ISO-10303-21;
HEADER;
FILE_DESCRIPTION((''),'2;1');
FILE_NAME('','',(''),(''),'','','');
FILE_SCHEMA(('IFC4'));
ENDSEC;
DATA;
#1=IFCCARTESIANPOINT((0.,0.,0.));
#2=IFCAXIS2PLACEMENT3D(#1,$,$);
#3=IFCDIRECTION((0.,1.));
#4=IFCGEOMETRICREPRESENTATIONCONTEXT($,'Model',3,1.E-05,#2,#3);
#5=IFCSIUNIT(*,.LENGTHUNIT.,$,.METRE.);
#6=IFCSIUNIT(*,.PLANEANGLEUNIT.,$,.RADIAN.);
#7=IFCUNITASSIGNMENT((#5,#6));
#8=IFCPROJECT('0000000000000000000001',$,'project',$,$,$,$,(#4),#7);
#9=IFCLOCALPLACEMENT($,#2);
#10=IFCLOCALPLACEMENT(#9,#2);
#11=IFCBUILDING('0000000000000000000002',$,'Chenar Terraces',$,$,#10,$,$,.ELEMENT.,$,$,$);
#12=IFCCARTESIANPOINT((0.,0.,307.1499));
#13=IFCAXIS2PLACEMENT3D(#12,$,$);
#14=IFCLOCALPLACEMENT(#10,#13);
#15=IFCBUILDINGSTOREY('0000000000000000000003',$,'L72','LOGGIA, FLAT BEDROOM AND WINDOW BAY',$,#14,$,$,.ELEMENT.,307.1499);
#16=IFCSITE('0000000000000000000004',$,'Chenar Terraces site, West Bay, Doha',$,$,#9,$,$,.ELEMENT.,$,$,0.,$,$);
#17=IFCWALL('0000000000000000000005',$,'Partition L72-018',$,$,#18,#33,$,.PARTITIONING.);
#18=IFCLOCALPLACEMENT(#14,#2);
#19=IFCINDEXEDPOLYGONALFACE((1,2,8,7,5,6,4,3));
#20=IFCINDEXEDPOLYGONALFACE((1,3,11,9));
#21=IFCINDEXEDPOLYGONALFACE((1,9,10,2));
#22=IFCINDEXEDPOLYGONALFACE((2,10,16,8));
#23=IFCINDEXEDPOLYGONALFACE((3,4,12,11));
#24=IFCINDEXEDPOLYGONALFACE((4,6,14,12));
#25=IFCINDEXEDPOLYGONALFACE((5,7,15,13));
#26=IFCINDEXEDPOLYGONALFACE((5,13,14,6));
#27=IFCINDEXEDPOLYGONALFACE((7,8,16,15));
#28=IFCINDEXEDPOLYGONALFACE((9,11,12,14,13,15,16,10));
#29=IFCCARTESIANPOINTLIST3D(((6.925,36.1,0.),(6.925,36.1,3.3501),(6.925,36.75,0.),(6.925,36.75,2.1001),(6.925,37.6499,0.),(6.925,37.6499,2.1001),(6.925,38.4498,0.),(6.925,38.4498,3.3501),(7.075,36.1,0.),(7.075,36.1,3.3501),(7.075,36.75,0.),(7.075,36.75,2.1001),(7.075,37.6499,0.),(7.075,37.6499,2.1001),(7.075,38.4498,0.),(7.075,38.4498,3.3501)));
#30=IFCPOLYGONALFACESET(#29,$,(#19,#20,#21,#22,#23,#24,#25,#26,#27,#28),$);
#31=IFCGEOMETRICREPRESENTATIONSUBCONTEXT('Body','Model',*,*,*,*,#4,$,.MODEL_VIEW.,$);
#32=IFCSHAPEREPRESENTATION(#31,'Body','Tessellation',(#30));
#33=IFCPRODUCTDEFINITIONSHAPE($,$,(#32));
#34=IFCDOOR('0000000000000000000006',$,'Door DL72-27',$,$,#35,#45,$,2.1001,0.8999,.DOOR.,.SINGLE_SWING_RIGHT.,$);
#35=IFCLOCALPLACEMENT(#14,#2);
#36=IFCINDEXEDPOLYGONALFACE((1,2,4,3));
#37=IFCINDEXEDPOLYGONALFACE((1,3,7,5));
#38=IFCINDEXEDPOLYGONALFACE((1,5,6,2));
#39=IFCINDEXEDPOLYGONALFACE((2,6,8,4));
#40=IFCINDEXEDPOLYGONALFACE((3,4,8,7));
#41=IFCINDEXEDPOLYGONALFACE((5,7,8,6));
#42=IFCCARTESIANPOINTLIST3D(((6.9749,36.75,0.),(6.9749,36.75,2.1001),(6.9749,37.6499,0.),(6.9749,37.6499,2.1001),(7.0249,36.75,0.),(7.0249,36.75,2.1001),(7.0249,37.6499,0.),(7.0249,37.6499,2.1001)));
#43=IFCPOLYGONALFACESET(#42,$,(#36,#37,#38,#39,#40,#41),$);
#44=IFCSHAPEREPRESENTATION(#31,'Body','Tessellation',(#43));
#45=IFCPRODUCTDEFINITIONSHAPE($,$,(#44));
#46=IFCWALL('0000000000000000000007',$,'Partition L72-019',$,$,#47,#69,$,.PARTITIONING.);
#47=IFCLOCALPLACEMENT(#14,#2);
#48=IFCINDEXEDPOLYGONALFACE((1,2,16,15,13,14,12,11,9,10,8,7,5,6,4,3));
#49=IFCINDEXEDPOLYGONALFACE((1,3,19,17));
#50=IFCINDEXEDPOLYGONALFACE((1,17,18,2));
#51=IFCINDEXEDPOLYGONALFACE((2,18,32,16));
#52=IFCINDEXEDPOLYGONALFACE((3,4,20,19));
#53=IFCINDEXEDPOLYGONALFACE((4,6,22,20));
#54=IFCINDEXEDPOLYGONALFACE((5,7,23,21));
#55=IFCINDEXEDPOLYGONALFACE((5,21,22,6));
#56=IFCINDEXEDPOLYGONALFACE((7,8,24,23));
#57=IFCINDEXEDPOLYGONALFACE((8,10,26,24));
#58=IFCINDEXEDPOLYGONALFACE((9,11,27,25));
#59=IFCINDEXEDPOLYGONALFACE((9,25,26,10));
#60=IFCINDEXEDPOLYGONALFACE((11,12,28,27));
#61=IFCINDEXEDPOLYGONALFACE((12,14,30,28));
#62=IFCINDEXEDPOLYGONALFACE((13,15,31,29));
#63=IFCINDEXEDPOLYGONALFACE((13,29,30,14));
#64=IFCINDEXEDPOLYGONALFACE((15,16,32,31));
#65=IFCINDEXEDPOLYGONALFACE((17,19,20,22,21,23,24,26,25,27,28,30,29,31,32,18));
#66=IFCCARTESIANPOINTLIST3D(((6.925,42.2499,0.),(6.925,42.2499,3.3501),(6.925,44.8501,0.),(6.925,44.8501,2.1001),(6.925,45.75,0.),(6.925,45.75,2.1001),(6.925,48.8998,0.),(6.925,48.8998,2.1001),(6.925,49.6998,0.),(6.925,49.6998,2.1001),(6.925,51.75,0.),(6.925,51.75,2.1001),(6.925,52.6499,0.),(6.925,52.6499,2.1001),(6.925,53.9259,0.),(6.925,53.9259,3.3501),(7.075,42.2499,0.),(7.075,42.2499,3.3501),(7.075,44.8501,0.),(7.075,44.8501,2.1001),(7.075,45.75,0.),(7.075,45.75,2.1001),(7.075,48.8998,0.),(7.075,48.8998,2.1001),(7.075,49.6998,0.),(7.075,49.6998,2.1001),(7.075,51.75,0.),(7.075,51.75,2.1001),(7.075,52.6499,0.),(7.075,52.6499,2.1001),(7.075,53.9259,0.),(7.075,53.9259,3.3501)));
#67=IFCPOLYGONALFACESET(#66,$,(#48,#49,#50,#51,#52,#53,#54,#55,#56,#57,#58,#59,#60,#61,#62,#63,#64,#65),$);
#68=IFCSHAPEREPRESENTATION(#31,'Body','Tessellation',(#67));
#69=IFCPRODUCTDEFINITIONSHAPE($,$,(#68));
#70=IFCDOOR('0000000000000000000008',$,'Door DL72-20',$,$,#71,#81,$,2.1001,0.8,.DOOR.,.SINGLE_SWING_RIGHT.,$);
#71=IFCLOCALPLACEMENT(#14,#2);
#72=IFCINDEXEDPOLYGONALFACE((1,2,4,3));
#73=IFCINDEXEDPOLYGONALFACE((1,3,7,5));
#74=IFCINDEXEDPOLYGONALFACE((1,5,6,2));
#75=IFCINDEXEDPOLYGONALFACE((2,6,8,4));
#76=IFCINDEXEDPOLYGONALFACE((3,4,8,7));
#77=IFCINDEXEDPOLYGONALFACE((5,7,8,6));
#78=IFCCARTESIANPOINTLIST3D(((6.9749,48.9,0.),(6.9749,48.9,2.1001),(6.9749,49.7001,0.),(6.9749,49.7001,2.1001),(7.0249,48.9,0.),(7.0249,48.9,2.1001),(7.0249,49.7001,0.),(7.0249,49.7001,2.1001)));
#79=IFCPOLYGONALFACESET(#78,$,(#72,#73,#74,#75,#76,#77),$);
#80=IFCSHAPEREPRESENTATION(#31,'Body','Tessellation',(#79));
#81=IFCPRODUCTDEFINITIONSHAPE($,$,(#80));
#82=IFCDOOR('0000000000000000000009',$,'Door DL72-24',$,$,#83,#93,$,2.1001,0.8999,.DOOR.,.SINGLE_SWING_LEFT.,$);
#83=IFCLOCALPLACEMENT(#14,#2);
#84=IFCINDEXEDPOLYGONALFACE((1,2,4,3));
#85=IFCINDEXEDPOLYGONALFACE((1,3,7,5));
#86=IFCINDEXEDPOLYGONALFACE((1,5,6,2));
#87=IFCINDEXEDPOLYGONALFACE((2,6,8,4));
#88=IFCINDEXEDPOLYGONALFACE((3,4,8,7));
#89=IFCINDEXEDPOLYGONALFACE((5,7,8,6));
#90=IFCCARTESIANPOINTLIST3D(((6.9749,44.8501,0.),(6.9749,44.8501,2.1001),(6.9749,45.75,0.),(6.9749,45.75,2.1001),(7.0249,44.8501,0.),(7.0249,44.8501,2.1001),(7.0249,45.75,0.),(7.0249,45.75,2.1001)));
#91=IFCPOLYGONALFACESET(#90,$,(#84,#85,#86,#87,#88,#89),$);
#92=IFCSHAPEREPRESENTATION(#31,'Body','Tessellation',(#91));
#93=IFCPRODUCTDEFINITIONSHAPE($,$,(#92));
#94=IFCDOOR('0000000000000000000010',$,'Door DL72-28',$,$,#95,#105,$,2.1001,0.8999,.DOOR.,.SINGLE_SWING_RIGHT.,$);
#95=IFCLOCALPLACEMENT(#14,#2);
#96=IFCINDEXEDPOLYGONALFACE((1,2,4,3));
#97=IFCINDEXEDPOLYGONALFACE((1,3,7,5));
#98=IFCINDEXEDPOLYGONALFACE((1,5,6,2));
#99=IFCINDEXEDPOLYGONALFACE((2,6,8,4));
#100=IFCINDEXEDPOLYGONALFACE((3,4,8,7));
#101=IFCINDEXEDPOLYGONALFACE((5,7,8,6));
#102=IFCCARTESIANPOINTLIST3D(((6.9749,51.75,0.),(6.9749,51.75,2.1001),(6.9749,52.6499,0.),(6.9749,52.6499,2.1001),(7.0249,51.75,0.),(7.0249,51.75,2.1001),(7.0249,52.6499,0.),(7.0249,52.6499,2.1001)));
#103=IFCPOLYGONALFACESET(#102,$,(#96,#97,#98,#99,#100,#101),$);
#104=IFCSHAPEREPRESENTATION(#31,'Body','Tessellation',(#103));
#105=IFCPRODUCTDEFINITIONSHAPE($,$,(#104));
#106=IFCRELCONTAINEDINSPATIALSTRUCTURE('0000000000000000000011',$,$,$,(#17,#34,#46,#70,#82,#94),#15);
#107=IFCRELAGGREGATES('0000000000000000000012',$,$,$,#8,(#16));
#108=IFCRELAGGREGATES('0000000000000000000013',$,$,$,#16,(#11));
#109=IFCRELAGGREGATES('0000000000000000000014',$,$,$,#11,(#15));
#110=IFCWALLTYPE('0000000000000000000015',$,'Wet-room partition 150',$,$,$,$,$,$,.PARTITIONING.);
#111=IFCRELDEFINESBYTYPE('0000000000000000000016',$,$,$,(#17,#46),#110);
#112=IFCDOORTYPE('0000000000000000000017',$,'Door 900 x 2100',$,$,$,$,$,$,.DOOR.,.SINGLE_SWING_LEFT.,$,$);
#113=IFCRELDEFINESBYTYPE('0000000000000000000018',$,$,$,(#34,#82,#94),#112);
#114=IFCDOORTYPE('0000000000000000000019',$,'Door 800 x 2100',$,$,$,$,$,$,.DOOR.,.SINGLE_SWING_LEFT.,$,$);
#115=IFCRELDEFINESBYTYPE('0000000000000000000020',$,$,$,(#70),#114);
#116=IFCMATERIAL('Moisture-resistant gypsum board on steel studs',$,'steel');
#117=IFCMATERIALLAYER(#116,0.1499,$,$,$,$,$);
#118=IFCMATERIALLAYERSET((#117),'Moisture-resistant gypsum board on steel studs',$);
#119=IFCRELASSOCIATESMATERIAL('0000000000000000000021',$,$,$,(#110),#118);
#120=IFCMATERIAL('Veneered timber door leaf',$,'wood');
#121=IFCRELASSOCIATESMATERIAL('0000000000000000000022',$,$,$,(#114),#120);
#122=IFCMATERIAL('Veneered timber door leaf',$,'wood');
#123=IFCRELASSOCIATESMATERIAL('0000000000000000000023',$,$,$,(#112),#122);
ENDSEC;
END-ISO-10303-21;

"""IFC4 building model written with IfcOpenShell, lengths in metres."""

from ifc_helpers import new_model, si_unit, direction, frame, frame_2d, origin, place, context, subcontext, project, spatial, rectangle, extrude, material, layer, layer_set, type_object, element, fill, save


model = new_model("IFC4")

# Units and contexts
model_context = context("Model", 3, precision=1e-05, world=origin(), true_north=direction((0.0, 1.0)))
body_context = subcontext(model_context, "Body", "Model", "MODEL_VIEW")
ifc_project = project(units=[si_unit("LENGTHUNIT", "METRE"), si_unit("PLANEANGLEUNIT", "RADIAN")], contexts=[model_context])

# Site, building, storey
site_placement = place(None, origin())
site = spatial("IfcSite", under=ifc_project, at=site_placement, Name="Chenar Terraces site, West Bay, Doha", CompositionType="ELEMENT", RefElevation=0.0)
building_placement = place(site_placement, origin())
building = spatial("IfcBuilding", under=site, at=building_placement, Name="Chenar Terraces", CompositionType="ELEMENT")
storey_placement = place(building_placement, frame((0.0, 0.0, 307.1499)))
storey = spatial("IfcBuildingStorey", under=building, at=storey_placement, Name="L72", Description="LOGGIA, FLAT BEDROOM AND WINDOW BAY", CompositionType="ELEMENT", Elevation=307.1499)

# Shared definitions
ifc_material_1 = material(Name="Moisture-resistant gypsum board on steel studs", Category="steel")
ifc_layer_1 = layer(ifc_material_1, 0.1499)
ifc_layer_set_1 = layer_set([ifc_layer_1], Name="Moisture-resistant gypsum board on steel studs")
wall_type_1 = type_object("IfcWallType", Name="Wet-room partition 150", PredefinedType="PARTITIONING", material=ifc_layer_set_1)

# Shared definitions
ifc_material_2 = material(Name="Veneered timber door leaf", Category="wood")
door_type_1 = type_object("IfcDoorType", Name="Door 800 x 2100", OperationType="SINGLE_SWING_LEFT", PredefinedType="DOOR", material=ifc_material_2)

# Shared definitions
ifc_material_3 = material(Name="Veneered timber door leaf", Category="wood")
door_type_2 = type_object("IfcDoorType", Name="Door 900 x 2100", OperationType="SINGLE_SWING_LEFT", PredefinedType="DOOR", material=ifc_material_3)

# Wall, opening, door
wall_1_placement = place(storey_placement, frame((7.0, 36.1001, 0.0), z_axis=(0.0, 0.0, 1.0), x_axis=(0.0, 1.0, 0.0)))
wall_1 = element("IfcWall", 1, at=wall_1_placement, inside=storey, type_object=wall_type_1, Name="Partition L72-018", PredefinedType="PARTITIONING", context=body_context, shape_type="SweptSolid", body=[
    extrude(rectangle(XDim=2.3499, YDim=0.1499, at=frame_2d((1.1748, 0.0))), origin(), (0.0, 0.0, 1.0), 3.3501),
])
opening_1_placement = place(wall_1_placement, frame((0.6499, 0.0, 0.0)))
opening_1 = element("IfcOpeningElement", 2, at=opening_1_placement, cuts=wall_1, PredefinedType="OPENING", context=body_context, shape_type="SweptSolid", body=[
    extrude(rectangle(XDim=0.8999, YDim=2.1001, at=frame_2d((0.45, 1.05))), frame((0.0, 0.085, 0.0), z_axis=(0.0, -1.0, 0.0), x_axis=(1.0, 0.0, 0.0)), (0.0, 0.0, 1.0), 0.1699),
])
door_1_placement = place(opening_1_placement, frame((0.8999, 0.0, 0.0), z_axis=(0.0, 0.0, 1.0), x_axis=(-1.0, 0.0, 0.0)))
door_1 = element("IfcDoor", 3, at=door_1_placement, inside=storey, type_object=door_type_2, Name="Door DL72-27", OperationType="SINGLE_SWING_RIGHT", OverallHeight=2.1001, OverallWidth=0.8999, PredefinedType="DOOR", context=body_context, shape_type="SweptSolid", body=[
    extrude(rectangle(XDim=0.8999, YDim=2.1001, at=frame_2d((0.45, 1.05))), frame((0.0, 0.0249, 0.0), z_axis=(0.0, -1.0, 0.0), x_axis=(1.0, 0.0, 0.0)), (0.0, 0.0, 1.0), 0.05),
])
fill(opening_1, door_1)

# Wall, openings, doors
wall_2_placement = place(storey_placement, frame((7.0, 42.25, 0.0), z_axis=(0.0, 0.0, 1.0), x_axis=(0.0, 1.0, 0.0)))
wall_2 = element("IfcWall", 4, at=wall_2_placement, inside=storey, type_object=wall_type_1, Name="Partition L72-019", PredefinedType="PARTITIONING", context=body_context, shape_type="SweptSolid", body=[
    extrude(rectangle(XDim=11.676, YDim=0.1499, at=frame_2d((5.8379, 0.0))), origin(), (0.0, 0.0, 1.0), 3.3501),
])
opening_2_placement = place(wall_2_placement, frame((6.6499, 0.0, 0.0)))
opening_2 = element("IfcOpeningElement", 5, at=opening_2_placement, cuts=wall_2, PredefinedType="OPENING", context=body_context, shape_type="SweptSolid", body=[
    extrude(rectangle(XDim=0.8, YDim=2.1001, at=frame_2d((0.3999, 1.05))), frame((0.0, 0.085, 0.0), z_axis=(0.0, -1.0, 0.0), x_axis=(1.0, 0.0, 0.0)), (0.0, 0.0, 1.0), 0.1699),
])
opening_3_placement = place(wall_2_placement, frame((2.6001, 0.0, 0.0)))
opening_3 = element("IfcOpeningElement", 6, at=opening_3_placement, cuts=wall_2, PredefinedType="OPENING", context=body_context, shape_type="SweptSolid", body=[
    extrude(rectangle(XDim=0.8999, YDim=2.1001, at=frame_2d((0.45, 1.05))), frame((0.0, 0.085, 0.0), z_axis=(0.0, -1.0, 0.0), x_axis=(1.0, 0.0, 0.0)), (0.0, 0.0, 1.0), 0.1699),
])
opening_4_placement = place(wall_2_placement, frame((9.5, 0.0, 0.0)))
opening_4 = element("IfcOpeningElement", 7, at=opening_4_placement, cuts=wall_2, PredefinedType="OPENING", context=body_context, shape_type="SweptSolid", body=[
    extrude(rectangle(XDim=0.8999, YDim=2.1001, at=frame_2d((0.45, 1.05))), frame((0.0, 0.085, 0.0), z_axis=(0.0, -1.0, 0.0), x_axis=(1.0, 0.0, 0.0)), (0.0, 0.0, 1.0), 0.1699),
])
door_2_placement = place(opening_2_placement, frame((0.8, 0.0, 0.0), z_axis=(0.0, 0.0, 1.0), x_axis=(-1.0, 0.0, 0.0)))
door_2 = element("IfcDoor", 8, at=door_2_placement, inside=storey, type_object=door_type_1, Name="Door DL72-20", OperationType="SINGLE_SWING_RIGHT", OverallHeight=2.1001, OverallWidth=0.8, PredefinedType="DOOR", context=body_context, shape_type="SweptSolid", body=[
    extrude(rectangle(XDim=0.8, YDim=2.1001, at=frame_2d((0.3999, 1.05))), frame((0.0, 0.0249, 0.0), z_axis=(0.0, -1.0, 0.0), x_axis=(1.0, 0.0, 0.0)), (0.0, 0.0, 1.0), 0.05),
])
fill(opening_2, door_2)
door_3_placement = place(opening_3_placement, frame((0.8999, 0.0, 0.0), z_axis=(0.0, 0.0, 1.0), x_axis=(-1.0, 0.0, 0.0)))
door_3 = element("IfcDoor", 9, at=door_3_placement, inside=storey, type_object=door_type_2, Name="Door DL72-24", OperationType="SINGLE_SWING_LEFT", OverallHeight=2.1001, OverallWidth=0.8999, PredefinedType="DOOR", context=body_context, shape_type="SweptSolid", body=[
    extrude(rectangle(XDim=0.8999, YDim=2.1001, at=frame_2d((0.45, 1.05))), frame((0.0, 0.0249, 0.0), z_axis=(0.0, -1.0, 0.0), x_axis=(1.0, 0.0, 0.0)), (0.0, 0.0, 1.0), 0.05),
])
fill(opening_3, door_3)
door_4_placement = place(opening_4_placement, frame((0.8999, 0.0, 0.0), z_axis=(0.0, 0.0, 1.0), x_axis=(-1.0, 0.0, 0.0)))
door_4 = element("IfcDoor", 10, at=door_4_placement, inside=storey, type_object=door_type_2, Name="Door DL72-28", OperationType="SINGLE_SWING_RIGHT", OverallHeight=2.1001, OverallWidth=0.8999, PredefinedType="DOOR", context=body_context, shape_type="SweptSolid", body=[
    extrude(rectangle(XDim=0.8999, YDim=2.1001, at=frame_2d((0.45, 1.05))), frame((0.0, 0.0249, 0.0), z_axis=(0.0, -1.0, 0.0), x_axis=(1.0, 0.0, 0.0)), (0.0, 0.0, 1.0), 0.05),
])
fill(opening_4, door_4)

save(model, "model.ifc")
